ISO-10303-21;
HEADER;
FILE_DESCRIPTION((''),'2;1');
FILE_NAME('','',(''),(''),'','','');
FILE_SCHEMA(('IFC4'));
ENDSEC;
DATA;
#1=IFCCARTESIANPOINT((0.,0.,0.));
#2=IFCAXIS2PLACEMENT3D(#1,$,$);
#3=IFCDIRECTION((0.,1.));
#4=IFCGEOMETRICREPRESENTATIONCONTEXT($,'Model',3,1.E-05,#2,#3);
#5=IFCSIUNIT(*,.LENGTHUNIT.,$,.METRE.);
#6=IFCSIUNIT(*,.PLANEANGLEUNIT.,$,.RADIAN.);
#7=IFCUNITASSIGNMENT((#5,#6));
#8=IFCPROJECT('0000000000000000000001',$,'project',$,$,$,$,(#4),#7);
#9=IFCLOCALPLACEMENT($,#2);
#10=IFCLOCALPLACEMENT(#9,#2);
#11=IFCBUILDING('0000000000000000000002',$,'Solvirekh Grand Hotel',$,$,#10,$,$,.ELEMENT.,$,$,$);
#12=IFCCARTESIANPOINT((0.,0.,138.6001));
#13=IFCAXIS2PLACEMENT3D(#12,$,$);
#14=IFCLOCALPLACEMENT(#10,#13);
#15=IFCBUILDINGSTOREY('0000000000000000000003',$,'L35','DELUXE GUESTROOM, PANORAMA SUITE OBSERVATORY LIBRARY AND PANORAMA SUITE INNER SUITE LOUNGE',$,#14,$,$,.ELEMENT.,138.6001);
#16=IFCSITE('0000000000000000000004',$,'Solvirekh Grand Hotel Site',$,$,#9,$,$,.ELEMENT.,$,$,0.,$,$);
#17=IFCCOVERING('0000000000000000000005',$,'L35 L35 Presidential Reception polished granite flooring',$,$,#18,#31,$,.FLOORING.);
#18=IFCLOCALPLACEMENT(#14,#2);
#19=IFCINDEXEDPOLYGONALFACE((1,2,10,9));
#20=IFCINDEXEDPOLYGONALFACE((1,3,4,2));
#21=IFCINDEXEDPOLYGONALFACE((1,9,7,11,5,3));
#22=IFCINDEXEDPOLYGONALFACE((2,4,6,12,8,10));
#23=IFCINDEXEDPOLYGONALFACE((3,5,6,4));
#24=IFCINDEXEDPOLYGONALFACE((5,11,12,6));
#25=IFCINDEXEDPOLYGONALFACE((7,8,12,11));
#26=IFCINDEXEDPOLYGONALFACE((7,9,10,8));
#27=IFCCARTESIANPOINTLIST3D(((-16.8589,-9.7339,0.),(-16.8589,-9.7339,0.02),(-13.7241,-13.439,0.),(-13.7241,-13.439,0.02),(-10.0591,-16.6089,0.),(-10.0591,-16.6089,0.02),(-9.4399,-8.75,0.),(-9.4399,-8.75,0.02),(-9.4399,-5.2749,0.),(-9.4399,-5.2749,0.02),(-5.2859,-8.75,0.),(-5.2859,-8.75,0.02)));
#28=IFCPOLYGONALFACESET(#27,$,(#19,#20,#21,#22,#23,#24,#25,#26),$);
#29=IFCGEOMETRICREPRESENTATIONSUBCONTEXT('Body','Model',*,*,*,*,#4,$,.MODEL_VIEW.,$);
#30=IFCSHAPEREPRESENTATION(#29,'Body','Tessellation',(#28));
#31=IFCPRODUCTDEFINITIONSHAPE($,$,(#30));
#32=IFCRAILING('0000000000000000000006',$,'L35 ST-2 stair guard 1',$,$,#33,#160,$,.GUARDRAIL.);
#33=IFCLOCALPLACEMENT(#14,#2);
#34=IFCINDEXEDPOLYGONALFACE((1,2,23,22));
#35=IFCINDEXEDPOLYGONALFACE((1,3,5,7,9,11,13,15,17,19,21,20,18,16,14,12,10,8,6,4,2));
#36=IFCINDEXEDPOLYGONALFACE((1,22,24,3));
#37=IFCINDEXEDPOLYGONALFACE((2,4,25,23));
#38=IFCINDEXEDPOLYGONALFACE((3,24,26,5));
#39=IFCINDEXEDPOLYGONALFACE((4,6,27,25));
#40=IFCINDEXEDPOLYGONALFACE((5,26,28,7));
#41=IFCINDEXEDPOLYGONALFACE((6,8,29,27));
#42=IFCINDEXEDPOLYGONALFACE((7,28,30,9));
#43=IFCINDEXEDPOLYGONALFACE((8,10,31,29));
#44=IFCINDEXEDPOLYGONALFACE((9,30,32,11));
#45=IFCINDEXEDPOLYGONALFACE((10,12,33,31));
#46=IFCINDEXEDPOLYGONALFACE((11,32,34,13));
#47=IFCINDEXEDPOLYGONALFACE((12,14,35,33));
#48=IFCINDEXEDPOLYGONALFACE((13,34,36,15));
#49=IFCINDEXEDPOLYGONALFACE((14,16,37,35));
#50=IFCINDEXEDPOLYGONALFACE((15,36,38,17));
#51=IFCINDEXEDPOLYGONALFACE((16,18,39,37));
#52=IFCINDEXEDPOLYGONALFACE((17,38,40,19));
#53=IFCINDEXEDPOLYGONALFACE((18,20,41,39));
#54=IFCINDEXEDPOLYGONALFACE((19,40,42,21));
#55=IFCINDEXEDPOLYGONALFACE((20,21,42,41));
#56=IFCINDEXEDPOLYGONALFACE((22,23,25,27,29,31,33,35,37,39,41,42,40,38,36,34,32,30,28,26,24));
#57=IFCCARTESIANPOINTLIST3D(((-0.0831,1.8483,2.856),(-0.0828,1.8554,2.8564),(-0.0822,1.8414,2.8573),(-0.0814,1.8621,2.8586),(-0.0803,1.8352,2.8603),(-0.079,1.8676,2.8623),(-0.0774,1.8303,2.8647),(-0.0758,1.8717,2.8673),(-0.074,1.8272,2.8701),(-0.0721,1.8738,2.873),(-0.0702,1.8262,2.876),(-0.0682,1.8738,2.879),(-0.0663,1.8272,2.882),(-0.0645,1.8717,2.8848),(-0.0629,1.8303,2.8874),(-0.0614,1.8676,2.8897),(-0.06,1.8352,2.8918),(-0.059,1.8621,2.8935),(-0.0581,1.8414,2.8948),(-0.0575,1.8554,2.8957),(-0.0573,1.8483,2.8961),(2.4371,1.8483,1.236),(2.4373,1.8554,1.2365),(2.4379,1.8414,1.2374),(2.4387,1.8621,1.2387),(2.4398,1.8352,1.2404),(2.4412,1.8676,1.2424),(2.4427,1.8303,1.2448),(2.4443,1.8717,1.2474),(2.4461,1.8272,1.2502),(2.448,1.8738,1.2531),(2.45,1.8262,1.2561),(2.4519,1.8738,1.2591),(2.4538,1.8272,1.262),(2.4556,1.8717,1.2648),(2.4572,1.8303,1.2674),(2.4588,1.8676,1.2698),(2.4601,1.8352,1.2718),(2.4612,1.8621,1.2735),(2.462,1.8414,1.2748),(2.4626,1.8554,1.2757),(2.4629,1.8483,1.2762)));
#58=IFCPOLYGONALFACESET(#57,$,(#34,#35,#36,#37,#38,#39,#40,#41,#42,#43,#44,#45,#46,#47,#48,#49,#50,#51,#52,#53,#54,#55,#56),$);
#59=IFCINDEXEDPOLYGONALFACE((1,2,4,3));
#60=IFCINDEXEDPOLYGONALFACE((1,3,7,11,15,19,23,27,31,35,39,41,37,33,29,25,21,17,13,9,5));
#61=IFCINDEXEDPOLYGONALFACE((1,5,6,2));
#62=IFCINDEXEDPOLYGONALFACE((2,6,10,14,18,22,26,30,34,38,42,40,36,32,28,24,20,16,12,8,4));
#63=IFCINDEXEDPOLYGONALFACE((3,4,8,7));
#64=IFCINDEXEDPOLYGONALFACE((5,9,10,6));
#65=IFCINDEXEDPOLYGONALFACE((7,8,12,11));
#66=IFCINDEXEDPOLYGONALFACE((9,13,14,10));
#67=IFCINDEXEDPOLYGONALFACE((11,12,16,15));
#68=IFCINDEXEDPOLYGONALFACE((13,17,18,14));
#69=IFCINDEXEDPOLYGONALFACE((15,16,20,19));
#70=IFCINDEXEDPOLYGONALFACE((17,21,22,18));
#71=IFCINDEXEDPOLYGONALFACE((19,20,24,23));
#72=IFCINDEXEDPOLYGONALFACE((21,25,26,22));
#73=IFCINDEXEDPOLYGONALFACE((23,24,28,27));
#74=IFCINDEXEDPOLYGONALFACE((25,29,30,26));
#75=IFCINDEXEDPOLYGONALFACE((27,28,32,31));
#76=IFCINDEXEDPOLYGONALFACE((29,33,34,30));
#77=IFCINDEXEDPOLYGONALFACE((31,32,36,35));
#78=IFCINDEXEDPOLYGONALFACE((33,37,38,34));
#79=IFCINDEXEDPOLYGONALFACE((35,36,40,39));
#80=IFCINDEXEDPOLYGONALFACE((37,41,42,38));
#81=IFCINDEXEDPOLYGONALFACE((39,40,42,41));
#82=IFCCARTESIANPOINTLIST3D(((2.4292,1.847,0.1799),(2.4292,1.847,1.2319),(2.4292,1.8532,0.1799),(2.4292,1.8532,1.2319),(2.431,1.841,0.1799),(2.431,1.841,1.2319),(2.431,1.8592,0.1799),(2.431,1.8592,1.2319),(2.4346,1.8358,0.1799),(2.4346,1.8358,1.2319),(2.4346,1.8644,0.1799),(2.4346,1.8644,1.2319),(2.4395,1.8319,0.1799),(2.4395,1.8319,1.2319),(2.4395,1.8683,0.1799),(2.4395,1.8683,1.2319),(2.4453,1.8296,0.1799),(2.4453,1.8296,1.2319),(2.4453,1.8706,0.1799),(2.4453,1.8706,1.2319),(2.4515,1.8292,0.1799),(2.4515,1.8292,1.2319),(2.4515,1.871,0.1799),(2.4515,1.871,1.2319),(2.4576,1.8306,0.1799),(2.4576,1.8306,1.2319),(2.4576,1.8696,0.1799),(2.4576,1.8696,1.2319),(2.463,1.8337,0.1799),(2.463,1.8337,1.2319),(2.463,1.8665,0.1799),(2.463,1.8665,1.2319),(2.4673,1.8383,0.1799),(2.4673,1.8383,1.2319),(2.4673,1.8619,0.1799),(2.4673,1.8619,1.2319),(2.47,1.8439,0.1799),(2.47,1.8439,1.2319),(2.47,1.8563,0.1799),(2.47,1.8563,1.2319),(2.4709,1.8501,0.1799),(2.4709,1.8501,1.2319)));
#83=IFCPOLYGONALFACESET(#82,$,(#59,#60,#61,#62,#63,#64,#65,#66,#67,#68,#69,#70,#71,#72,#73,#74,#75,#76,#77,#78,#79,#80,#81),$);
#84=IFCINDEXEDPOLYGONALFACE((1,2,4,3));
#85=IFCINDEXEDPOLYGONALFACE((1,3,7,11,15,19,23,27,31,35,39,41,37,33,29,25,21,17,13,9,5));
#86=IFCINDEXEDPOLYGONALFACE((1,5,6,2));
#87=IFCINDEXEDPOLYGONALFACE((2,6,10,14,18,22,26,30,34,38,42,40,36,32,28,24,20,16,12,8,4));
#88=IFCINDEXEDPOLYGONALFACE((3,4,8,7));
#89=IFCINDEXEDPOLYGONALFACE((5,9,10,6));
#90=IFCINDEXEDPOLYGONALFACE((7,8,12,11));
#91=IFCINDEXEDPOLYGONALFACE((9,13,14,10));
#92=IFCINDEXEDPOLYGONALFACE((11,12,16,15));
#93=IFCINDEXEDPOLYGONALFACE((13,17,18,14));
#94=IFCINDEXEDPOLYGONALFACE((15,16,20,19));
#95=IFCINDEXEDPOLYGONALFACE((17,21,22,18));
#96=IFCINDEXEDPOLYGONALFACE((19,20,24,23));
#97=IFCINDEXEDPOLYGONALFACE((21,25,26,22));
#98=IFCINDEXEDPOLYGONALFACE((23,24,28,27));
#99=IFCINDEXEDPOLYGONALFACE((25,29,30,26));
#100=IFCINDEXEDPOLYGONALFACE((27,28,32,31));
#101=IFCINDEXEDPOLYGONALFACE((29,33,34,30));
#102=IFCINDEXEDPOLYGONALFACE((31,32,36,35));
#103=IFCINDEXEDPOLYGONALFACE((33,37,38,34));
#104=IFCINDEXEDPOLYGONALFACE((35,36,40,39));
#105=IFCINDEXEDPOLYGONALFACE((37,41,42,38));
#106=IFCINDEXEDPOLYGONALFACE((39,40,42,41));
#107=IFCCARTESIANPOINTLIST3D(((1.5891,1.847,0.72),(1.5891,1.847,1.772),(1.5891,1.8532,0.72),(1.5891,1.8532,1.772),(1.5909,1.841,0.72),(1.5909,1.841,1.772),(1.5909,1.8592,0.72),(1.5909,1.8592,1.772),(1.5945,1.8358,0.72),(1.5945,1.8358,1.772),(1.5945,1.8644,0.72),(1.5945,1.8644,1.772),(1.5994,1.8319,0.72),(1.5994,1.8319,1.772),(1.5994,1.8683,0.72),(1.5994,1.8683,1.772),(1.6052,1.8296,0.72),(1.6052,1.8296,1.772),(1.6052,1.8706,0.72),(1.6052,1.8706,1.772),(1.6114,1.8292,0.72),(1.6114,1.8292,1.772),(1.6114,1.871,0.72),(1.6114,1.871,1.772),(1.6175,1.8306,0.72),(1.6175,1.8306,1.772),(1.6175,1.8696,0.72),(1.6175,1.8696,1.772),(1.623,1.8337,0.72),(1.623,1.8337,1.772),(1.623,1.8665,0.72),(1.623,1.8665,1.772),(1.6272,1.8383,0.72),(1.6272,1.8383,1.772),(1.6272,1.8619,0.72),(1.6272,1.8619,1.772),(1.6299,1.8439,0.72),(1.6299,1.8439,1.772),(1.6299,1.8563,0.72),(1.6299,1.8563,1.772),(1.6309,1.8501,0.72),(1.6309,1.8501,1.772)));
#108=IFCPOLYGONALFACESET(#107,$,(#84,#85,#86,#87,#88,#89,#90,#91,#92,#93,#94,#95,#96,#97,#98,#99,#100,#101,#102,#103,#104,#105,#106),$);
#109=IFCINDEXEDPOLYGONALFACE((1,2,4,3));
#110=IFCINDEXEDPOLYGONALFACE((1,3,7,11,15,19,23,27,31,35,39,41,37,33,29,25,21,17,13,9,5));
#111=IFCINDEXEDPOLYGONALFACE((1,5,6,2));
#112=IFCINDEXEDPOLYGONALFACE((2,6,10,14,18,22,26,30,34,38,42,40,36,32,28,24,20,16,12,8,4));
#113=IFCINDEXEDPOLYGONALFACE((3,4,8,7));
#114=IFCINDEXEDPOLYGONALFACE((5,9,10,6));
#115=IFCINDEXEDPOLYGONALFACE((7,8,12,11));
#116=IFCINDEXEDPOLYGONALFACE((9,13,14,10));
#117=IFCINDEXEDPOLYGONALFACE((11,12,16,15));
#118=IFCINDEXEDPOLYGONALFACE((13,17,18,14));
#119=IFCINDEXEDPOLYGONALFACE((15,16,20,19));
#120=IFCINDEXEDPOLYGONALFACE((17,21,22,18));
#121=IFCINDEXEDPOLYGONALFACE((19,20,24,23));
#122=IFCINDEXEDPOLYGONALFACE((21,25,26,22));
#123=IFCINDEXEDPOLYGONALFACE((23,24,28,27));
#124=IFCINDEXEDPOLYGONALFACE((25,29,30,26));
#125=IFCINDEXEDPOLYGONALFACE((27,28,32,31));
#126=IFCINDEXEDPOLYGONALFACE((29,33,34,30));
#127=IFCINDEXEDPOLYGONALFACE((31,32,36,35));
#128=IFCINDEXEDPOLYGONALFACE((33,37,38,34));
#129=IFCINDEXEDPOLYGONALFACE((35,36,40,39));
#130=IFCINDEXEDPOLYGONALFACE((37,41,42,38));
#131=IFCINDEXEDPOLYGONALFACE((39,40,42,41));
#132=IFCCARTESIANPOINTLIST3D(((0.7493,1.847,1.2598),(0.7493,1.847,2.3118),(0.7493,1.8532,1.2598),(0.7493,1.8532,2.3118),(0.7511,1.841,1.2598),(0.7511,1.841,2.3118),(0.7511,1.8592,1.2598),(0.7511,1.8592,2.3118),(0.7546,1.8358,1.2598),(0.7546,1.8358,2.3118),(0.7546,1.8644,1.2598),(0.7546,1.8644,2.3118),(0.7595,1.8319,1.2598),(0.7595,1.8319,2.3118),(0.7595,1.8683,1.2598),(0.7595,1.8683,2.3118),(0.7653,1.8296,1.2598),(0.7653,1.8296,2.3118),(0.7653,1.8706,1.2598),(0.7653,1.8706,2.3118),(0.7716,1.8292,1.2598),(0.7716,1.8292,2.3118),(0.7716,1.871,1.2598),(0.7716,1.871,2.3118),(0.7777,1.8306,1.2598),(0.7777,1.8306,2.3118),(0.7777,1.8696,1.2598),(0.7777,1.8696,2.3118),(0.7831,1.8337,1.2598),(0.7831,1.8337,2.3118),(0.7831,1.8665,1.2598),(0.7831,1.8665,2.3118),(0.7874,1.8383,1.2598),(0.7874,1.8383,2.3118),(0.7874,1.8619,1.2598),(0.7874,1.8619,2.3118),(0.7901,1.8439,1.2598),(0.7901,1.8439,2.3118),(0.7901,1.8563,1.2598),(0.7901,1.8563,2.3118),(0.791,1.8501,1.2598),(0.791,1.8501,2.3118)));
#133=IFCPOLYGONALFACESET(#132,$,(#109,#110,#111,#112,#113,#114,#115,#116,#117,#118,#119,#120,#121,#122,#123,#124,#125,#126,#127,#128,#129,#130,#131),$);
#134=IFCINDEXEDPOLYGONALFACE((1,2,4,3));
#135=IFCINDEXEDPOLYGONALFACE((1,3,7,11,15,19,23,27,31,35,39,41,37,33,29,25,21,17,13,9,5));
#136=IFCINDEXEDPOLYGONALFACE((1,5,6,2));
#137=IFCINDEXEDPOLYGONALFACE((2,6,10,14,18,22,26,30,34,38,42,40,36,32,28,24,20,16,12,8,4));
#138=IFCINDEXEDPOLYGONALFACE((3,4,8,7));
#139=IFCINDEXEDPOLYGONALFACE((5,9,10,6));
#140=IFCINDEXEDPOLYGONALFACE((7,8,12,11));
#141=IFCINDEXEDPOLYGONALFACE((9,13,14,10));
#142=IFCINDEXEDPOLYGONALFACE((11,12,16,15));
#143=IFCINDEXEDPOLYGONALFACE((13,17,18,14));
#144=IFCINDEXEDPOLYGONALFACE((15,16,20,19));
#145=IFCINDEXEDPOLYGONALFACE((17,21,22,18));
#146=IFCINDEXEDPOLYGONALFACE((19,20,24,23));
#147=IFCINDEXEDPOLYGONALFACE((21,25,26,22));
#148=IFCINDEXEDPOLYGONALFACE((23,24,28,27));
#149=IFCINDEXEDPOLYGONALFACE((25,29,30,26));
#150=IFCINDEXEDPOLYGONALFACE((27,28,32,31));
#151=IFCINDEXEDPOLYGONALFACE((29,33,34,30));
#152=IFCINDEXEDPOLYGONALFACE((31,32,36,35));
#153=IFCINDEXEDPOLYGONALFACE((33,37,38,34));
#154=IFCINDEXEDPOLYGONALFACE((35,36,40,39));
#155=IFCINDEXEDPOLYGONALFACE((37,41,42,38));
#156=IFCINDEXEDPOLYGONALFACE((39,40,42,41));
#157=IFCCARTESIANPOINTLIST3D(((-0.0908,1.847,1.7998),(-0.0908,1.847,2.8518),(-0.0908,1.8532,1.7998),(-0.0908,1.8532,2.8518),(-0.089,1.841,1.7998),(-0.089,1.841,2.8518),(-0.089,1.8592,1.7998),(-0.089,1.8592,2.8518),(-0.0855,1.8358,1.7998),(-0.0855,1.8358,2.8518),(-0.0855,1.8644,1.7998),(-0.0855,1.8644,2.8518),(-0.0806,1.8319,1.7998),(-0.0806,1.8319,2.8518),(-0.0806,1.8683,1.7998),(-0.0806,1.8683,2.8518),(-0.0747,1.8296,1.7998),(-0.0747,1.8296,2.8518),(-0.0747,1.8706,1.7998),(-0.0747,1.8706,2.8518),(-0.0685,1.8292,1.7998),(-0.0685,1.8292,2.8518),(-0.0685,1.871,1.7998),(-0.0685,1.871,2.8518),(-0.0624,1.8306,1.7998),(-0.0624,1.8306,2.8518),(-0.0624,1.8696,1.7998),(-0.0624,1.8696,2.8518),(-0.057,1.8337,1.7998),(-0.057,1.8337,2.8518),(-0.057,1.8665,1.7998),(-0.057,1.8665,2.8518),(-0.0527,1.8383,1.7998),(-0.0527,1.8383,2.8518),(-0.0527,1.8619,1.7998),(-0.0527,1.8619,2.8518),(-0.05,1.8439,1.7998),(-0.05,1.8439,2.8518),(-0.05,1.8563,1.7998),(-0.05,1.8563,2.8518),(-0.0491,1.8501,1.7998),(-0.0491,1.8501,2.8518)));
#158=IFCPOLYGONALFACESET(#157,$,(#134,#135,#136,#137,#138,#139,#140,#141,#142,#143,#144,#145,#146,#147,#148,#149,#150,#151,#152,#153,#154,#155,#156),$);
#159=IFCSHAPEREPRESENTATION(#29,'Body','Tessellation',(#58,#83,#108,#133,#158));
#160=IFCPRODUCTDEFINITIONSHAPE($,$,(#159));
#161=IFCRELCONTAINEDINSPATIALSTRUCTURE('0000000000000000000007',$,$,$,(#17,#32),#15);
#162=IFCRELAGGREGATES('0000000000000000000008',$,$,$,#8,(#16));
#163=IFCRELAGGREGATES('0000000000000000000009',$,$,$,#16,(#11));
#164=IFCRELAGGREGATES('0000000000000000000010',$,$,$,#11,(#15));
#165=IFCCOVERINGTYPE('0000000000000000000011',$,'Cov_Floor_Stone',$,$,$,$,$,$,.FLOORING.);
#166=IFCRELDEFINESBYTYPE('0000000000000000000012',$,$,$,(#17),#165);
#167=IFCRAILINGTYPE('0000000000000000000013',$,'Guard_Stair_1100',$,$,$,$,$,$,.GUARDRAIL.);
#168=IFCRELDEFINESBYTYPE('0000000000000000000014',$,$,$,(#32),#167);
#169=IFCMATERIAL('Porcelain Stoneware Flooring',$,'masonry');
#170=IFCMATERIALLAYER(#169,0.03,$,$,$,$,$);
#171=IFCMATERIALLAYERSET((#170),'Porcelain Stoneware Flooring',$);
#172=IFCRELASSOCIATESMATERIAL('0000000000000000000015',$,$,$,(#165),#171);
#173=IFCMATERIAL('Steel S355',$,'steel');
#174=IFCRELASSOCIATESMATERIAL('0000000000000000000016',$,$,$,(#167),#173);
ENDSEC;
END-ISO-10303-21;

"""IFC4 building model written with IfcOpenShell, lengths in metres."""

from ifc_helpers import new_model, si_unit, direction, frame, origin, origin_2d, place, context, subcontext, project, spatial, polyline, circle, outline, extrude, material, layer, layer_set, type_object, element, save


model = new_model("IFC4")

# Units and contexts
model_context = context("Model", 3, precision=1e-05, world=origin(), true_north=direction((0.0, 1.0)))
body_context = subcontext(model_context, "Body", "Model", "MODEL_VIEW")
ifc_project = project(units=[si_unit("LENGTHUNIT", "METRE"), si_unit("PLANEANGLEUNIT", "RADIAN")], contexts=[model_context])

# Site, building, storey
site_placement = place(None, origin())
site = spatial("IfcSite", under=ifc_project, at=site_placement, Name="Solvirekh Grand Hotel Site", CompositionType="ELEMENT", RefElevation=0.0)
building_placement = place(site_placement, origin())
building = spatial("IfcBuilding", under=site, at=building_placement, Name="Solvirekh Grand Hotel", CompositionType="ELEMENT")
storey_placement = place(building_placement, frame((0.0, 0.0, 138.6001)))
storey = spatial("IfcBuildingStorey", under=building, at=storey_placement, Name="L35", Description="DELUXE GUESTROOM, PANORAMA SUITE OBSERVATORY LIBRARY AND PANORAMA SUITE INNER SUITE LOUNGE", CompositionType="ELEMENT", Elevation=138.6001)

# Shared definitions
ifc_material_1 = material(Name="Steel S355", Category="steel")

# Covering
ifc_material_2 = material(Name="Porcelain Stoneware Flooring", Category="masonry")
ifc_layer_1 = layer(ifc_material_2, 0.03)
ifc_layer_set_1 = layer_set([ifc_layer_1], Name="Porcelain Stoneware Flooring")
covering_type_1 = type_object("IfcCoveringType", Name="Cov_Floor_Stone", PredefinedType="FLOORING", material=ifc_layer_set_1)
covering_1_placement = place(storey_placement, origin())
element("IfcCovering", 1, at=covering_1_placement, inside=storey, type_object=covering_type_1, Name="L35 L35 Presidential Reception polished granite flooring", PredefinedType="FLOORING", context=body_context, shape_type="SweptSolid", body=[
    extrude(outline(polyline([(-16.8589, -9.7339), (-13.7241, -13.439), (-10.0591, -16.6089), (-5.2859, -8.75), (-9.4399, -8.75), (-9.4399, -5.2749), (-16.8589, -9.7339)])), origin(), (0.0, 0.0, 1.0), 0.02),
])

# Railing
railing_type_1 = type_object("IfcRailingType", Name="Guard_Stair_1100", PredefinedType="GUARDRAIL", material=ifc_material_1)
railing_1_placement = place(storey_placement, frame((2.45, 1.8501, 0.1799)))
element("IfcRailing", 2, at=railing_1_placement, inside=storey, type_object=railing_type_1, Name="L35 ST-2 stair guard 1", PredefinedType="GUARDRAIL", context=body_context, shape_type="SweptSolid", body=[
    extrude(circle(Radius=0.0239, at=origin_2d()), frame((0.0, 0.0, 1.0762), z_axis=(-0.8412, 0.0, 0.540725), x_axis=(0.0, -1.0, 0.0)), (0.0, 0.0, 1.0), 2.9958),
    extrude(circle(Radius=0.021, at=origin_2d()), origin(), (0.0, 0.0, 1.0), 1.052),
    extrude(circle(Radius=0.021, at=origin_2d()), frame((-0.8401, 0.0, 0.54)), (0.0, 0.0, 1.0), 1.052),
    extrude(circle(Radius=0.021, at=origin_2d()), frame((-1.6799, 0.0, 1.0798)), (0.0, 0.0, 1.0), 1.052),
    extrude(circle(Radius=0.021, at=origin_2d()), frame((-2.52, 0.0, 1.6199)), (0.0, 0.0, 1.0), 1.052),
])

save(model, "model.ifc")
